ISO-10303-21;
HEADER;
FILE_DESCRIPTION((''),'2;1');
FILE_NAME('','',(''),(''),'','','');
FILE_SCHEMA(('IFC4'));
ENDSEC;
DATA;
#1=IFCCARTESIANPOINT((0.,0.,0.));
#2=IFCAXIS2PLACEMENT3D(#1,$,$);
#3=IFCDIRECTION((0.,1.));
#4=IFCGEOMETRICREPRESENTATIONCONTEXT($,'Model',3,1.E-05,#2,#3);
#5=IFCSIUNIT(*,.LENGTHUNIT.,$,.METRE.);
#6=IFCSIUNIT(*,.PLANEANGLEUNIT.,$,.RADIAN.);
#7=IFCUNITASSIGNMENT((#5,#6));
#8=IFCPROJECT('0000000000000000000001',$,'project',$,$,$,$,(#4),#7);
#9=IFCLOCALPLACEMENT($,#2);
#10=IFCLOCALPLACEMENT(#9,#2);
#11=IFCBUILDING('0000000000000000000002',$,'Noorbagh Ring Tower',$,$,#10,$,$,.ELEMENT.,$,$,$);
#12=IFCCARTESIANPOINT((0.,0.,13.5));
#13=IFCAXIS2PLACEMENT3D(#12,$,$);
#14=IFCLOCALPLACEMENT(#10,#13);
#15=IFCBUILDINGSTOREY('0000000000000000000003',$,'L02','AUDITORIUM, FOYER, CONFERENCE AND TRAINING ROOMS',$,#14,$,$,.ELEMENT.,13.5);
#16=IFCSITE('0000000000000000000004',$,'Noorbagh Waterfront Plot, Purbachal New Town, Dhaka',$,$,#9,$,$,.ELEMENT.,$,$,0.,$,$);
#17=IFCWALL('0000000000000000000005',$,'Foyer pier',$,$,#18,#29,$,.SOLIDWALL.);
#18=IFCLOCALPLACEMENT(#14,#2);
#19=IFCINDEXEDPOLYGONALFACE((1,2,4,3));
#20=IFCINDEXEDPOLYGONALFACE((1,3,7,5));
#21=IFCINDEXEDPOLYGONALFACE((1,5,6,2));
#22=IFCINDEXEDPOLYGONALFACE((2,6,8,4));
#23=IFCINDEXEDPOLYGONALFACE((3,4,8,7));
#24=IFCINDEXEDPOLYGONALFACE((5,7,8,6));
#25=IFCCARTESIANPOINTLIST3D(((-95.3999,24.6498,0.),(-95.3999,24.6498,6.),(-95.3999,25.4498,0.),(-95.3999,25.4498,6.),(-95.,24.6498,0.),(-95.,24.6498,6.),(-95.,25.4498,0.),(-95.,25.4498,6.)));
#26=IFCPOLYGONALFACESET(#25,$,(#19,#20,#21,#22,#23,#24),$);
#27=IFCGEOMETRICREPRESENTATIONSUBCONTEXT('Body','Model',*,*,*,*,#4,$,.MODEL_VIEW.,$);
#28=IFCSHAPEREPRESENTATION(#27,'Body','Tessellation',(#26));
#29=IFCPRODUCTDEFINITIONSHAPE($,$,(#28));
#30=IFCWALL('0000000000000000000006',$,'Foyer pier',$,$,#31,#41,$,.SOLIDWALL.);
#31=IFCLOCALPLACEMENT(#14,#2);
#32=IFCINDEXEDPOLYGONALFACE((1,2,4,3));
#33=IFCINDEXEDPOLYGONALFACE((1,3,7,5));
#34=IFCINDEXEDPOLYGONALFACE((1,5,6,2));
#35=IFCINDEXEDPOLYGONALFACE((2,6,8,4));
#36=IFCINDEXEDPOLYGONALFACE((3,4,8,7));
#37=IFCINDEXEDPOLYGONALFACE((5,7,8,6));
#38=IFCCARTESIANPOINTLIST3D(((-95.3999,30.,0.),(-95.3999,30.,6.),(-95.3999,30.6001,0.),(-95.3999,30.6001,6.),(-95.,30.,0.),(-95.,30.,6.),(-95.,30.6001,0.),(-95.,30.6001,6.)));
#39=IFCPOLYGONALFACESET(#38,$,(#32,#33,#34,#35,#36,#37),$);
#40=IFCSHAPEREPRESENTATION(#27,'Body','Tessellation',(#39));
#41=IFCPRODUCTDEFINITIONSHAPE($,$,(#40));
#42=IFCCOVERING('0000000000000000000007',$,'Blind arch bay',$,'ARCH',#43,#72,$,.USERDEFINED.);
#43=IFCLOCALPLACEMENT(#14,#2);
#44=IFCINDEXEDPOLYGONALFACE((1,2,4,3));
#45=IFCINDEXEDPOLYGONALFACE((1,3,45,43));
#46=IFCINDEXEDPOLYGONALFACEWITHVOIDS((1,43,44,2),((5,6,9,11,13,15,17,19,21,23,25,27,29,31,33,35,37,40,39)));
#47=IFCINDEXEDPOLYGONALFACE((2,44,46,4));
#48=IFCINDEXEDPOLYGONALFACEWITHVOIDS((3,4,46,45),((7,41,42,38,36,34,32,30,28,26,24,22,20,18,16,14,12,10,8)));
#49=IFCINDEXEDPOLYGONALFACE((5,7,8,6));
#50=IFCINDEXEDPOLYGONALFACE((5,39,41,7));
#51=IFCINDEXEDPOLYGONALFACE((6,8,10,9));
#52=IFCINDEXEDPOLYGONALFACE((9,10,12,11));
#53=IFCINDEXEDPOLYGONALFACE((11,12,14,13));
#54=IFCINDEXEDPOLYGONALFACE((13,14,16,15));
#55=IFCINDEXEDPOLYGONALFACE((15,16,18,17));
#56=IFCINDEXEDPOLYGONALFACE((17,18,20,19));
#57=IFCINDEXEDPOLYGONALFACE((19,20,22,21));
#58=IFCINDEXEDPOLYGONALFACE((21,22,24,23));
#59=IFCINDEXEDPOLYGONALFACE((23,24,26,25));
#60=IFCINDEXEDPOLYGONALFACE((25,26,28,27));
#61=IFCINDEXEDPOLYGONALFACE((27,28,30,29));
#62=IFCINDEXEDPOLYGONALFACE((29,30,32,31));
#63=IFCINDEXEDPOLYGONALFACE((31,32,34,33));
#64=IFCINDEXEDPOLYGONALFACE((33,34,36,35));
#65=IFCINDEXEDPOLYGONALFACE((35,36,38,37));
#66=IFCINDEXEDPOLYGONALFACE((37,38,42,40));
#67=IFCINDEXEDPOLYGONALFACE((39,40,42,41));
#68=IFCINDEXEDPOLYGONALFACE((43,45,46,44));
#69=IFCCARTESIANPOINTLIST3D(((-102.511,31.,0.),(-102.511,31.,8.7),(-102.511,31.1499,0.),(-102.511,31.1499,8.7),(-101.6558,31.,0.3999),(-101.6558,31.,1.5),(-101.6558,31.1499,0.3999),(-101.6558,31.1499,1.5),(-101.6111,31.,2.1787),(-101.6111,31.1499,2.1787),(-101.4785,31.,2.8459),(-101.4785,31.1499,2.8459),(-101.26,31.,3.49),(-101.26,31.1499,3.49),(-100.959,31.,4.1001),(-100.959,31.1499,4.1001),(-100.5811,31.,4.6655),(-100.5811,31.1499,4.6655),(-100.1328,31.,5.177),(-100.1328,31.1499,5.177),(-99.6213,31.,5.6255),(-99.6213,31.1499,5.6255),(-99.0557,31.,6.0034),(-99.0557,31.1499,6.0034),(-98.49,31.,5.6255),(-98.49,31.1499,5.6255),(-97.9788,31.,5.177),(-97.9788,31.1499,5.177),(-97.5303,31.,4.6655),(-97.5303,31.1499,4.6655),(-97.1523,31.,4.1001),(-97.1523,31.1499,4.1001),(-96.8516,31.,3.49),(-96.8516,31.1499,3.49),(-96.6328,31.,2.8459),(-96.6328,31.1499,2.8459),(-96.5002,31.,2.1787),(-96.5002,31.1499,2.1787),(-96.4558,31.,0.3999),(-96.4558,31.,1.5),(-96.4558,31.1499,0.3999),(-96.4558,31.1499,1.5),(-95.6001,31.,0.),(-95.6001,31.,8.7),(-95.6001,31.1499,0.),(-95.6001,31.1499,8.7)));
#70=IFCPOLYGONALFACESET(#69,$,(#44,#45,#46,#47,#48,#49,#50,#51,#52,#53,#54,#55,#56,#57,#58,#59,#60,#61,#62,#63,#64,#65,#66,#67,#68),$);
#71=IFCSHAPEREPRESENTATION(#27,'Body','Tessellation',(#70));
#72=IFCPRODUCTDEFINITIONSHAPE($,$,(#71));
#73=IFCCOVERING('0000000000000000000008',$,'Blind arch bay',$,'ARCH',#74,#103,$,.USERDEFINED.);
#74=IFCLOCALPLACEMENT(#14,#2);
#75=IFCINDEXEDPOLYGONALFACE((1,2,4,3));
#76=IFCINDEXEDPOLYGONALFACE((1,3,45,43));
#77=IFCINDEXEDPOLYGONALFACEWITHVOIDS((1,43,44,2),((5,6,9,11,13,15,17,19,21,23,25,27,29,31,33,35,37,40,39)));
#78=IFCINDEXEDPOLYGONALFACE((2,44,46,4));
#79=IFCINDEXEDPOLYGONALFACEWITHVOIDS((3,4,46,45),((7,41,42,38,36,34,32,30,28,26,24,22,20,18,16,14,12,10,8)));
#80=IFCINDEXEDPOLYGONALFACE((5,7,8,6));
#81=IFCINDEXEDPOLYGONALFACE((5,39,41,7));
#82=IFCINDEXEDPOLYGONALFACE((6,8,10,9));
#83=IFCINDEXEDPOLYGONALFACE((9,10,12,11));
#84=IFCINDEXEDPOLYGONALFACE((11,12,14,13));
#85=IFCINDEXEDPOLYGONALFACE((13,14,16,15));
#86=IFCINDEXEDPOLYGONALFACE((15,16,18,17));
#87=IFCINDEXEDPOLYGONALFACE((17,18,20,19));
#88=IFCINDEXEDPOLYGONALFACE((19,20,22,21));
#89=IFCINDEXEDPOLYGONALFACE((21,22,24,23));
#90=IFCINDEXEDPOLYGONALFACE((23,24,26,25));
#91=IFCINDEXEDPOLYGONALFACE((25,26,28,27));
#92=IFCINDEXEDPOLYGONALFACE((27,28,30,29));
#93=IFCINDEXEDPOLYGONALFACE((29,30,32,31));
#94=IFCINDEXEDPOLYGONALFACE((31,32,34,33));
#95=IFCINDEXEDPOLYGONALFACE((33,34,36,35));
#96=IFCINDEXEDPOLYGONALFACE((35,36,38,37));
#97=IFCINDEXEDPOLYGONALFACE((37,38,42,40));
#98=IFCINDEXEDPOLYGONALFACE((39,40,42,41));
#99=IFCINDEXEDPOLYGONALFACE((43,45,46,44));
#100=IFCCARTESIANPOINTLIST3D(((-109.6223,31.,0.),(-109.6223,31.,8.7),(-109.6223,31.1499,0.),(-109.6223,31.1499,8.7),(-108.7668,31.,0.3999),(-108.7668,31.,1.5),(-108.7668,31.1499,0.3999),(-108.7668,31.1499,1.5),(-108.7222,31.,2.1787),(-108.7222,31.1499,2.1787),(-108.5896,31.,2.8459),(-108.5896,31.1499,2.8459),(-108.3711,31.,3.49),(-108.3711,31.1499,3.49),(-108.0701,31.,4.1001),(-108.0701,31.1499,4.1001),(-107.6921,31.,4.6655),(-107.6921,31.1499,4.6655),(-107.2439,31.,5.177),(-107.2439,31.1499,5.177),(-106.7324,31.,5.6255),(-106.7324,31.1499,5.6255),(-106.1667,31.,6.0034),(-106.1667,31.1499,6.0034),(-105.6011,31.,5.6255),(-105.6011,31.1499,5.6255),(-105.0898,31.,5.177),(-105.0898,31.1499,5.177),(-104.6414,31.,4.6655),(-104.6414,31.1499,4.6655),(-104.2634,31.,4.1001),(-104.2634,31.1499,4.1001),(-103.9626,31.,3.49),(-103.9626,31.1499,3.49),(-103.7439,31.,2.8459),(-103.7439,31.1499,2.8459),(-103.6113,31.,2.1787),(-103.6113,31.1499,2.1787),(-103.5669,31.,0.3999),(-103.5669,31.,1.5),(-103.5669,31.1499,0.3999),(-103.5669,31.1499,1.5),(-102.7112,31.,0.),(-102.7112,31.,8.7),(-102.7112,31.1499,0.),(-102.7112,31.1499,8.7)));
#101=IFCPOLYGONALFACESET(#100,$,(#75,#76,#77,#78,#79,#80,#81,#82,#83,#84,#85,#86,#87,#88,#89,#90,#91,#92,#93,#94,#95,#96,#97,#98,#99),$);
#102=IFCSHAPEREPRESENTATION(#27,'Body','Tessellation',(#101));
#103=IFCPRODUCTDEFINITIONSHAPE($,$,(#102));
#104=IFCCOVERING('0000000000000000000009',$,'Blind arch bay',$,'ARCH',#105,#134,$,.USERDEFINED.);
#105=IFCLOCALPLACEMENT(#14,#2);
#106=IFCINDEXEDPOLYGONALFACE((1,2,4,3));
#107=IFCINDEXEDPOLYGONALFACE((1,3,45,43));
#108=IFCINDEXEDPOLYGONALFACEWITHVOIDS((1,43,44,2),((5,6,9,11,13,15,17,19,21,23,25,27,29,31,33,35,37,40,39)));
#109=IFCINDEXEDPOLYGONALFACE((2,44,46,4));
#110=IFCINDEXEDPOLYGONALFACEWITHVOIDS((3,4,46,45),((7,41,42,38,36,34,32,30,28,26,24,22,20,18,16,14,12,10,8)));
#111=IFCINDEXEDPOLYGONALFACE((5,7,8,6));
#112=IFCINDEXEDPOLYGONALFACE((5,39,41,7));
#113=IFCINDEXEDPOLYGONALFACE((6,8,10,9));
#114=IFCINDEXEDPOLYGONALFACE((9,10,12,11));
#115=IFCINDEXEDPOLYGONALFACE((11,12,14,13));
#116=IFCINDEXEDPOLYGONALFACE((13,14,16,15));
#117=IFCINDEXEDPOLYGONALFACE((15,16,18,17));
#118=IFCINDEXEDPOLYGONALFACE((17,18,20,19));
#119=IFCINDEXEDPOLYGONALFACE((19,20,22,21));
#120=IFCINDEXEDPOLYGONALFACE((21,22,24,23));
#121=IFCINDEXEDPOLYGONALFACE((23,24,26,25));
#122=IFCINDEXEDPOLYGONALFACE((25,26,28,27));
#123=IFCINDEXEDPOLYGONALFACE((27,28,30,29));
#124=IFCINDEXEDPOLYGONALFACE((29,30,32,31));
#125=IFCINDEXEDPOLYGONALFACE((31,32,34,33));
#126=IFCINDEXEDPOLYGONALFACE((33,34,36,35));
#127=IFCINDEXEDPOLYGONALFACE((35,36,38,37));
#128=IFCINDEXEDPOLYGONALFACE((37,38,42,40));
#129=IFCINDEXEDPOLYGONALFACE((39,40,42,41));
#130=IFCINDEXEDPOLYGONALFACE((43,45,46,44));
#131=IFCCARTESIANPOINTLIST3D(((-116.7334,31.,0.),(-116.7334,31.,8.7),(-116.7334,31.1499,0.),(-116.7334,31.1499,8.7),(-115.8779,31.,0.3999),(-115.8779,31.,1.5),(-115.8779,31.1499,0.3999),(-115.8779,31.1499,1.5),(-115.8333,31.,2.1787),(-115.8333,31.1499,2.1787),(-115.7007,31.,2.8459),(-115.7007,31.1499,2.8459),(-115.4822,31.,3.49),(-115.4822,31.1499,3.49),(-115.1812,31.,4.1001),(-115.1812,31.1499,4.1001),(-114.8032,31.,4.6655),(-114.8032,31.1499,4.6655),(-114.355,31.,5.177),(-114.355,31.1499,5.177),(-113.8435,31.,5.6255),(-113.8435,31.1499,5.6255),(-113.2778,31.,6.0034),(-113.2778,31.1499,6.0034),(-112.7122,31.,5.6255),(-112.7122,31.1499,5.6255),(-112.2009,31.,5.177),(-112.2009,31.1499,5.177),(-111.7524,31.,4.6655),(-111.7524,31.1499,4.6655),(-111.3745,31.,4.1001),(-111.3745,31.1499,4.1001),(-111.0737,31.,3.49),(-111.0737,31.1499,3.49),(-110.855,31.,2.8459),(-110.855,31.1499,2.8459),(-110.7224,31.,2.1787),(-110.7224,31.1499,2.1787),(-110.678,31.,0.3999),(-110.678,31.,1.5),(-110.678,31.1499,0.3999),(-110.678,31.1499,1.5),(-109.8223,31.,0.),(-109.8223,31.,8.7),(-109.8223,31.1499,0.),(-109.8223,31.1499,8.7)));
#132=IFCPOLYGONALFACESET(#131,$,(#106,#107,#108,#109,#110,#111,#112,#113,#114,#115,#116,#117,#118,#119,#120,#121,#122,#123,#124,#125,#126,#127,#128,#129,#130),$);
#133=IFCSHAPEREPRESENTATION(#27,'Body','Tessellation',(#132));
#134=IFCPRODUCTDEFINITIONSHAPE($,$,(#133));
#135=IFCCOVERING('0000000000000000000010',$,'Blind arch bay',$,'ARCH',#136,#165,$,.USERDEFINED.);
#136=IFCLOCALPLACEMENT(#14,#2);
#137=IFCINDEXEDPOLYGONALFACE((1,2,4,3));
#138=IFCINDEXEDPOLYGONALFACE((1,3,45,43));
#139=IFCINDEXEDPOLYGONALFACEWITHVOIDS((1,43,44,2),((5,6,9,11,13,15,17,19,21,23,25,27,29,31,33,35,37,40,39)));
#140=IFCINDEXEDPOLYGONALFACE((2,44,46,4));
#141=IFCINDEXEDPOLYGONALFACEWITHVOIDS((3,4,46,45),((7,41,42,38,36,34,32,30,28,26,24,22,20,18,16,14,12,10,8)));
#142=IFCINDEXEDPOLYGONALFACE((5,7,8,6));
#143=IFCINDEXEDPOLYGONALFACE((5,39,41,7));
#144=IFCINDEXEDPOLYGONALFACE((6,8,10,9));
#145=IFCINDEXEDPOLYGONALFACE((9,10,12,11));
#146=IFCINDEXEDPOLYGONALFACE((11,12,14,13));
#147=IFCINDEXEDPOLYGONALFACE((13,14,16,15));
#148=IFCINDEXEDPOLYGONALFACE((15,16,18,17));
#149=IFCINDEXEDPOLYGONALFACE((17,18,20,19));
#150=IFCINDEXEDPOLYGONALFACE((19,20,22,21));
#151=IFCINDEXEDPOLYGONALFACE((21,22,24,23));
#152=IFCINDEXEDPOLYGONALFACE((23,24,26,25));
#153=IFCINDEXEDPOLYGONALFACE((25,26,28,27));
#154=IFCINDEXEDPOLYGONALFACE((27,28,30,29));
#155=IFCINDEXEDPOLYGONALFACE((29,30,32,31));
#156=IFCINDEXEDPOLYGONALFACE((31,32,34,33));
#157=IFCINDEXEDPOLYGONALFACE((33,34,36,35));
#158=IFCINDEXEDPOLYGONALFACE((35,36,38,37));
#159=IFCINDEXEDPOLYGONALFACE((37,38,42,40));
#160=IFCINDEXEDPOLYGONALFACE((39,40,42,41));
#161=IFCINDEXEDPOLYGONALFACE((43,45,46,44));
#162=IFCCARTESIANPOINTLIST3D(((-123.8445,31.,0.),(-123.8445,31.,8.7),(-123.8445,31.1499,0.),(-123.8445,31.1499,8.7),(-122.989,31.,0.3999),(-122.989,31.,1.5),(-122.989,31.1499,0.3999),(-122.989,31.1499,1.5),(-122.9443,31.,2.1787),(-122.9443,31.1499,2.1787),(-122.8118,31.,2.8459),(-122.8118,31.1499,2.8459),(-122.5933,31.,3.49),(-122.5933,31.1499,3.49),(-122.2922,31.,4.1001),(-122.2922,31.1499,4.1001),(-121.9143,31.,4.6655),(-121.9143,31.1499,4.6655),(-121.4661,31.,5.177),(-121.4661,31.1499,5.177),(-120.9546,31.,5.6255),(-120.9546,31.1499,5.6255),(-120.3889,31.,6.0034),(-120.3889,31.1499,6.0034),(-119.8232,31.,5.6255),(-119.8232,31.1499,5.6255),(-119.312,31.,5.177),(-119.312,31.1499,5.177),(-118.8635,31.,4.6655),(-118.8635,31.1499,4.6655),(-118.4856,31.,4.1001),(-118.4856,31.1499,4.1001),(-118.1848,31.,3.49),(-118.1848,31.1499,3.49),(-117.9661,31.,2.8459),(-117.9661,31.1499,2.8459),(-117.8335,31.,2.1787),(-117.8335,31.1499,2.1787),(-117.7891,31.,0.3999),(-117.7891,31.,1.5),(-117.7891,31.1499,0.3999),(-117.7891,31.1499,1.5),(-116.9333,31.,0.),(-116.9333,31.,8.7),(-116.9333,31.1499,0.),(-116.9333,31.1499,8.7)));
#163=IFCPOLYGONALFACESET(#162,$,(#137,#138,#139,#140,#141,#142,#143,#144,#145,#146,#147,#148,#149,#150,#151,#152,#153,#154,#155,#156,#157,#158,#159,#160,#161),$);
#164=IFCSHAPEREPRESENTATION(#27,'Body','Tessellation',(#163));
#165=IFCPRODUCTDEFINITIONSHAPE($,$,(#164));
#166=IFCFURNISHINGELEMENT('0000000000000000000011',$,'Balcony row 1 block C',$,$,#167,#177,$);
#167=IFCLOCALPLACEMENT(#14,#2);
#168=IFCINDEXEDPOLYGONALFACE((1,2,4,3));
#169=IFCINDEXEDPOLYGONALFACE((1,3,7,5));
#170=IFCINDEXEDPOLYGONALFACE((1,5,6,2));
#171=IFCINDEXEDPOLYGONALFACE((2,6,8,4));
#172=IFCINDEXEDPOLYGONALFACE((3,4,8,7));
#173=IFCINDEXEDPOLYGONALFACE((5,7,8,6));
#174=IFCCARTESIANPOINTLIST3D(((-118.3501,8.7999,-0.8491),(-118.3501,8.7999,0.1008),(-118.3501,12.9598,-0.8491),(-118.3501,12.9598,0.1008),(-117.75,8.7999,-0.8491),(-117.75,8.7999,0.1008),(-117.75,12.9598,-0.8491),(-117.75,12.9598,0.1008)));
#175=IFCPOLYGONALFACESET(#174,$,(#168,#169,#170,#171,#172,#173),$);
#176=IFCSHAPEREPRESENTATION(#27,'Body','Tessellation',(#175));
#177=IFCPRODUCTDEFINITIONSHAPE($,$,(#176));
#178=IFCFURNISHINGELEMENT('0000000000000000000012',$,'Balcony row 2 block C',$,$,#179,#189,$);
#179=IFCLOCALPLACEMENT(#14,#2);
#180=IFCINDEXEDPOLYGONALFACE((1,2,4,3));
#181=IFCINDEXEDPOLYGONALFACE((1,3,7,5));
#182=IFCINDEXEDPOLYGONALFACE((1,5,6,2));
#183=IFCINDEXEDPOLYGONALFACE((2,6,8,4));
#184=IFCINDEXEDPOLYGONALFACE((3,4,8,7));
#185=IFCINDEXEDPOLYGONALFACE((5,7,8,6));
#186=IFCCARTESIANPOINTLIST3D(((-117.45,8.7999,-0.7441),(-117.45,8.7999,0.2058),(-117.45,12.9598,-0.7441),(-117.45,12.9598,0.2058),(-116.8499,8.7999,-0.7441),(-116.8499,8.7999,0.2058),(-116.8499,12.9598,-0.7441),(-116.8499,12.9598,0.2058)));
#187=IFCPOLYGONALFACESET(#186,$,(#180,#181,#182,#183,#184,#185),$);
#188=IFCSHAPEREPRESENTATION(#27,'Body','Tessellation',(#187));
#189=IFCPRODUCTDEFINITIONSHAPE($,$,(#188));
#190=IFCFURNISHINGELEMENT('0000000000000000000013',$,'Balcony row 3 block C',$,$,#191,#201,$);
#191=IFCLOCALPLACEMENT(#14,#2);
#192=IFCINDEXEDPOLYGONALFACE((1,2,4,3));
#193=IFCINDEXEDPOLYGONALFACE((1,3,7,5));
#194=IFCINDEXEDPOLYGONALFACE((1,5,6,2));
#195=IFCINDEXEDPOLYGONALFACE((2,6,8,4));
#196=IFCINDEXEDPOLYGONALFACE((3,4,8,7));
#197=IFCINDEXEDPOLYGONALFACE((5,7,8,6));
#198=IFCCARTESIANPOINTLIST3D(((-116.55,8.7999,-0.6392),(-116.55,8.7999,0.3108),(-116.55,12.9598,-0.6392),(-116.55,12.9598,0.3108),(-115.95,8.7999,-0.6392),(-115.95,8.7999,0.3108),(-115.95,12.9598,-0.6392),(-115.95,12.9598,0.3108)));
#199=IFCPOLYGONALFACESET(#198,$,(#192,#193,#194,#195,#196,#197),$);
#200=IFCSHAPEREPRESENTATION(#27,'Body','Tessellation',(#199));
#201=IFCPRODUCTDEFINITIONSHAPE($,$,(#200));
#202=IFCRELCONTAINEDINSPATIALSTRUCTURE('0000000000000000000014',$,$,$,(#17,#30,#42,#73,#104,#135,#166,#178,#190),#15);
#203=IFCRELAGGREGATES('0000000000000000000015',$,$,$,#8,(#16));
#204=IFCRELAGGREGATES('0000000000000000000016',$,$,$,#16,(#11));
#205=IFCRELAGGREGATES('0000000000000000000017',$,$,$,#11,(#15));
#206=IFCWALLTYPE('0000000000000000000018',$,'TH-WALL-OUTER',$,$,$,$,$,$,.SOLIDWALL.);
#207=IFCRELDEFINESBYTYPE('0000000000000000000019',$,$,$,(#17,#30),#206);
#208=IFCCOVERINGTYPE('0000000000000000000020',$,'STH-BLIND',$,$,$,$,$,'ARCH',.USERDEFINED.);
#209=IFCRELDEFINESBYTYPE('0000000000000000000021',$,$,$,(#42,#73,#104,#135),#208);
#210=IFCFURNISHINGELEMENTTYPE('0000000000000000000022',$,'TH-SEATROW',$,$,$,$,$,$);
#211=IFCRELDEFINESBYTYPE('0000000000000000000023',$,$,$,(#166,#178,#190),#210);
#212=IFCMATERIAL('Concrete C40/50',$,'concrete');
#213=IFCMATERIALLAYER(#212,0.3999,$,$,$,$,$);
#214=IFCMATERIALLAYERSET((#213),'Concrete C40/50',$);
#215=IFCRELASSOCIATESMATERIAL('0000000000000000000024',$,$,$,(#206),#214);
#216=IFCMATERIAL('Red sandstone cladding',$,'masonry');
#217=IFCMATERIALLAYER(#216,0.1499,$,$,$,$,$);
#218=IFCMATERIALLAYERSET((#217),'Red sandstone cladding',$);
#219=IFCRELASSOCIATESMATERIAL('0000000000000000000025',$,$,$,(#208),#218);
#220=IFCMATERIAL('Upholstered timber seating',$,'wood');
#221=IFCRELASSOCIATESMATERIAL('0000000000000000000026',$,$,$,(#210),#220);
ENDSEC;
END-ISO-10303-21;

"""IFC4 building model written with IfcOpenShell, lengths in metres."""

from ifc_helpers import new_model, si_unit, direction, frame, frame_2d, origin, origin_2d, place, context, subcontext, project, spatial, polyline, rectangle, outline, extrude, material, layer, layer_set, type_object, element, save


model = new_model("IFC4")

# Units and contexts
model_context = context("Model", 3, precision=1e-05, world=origin(), true_north=direction((0.0, 1.0)))
body_context = subcontext(model_context, "Body", "Model", "MODEL_VIEW")
ifc_project = project(units=[si_unit("LENGTHUNIT", "METRE"), si_unit("PLANEANGLEUNIT", "RADIAN")], contexts=[model_context])

# Site, building, storey
site_placement = place(None, origin())
site = spatial("IfcSite", under=ifc_project, at=site_placement, Name="Noorbagh Waterfront Plot, Purbachal New Town, Dhaka", CompositionType="ELEMENT", RefElevation=0.0)
building_placement = place(site_placement, origin())
building = spatial("IfcBuilding", under=site, at=building_placement, Name="Noorbagh Ring Tower", CompositionType="ELEMENT")
storey_placement = place(building_placement, frame((0.0, 0.0, 13.5)))
storey = spatial("IfcBuildingStorey", under=building, at=storey_placement, Name="L02", Description="AUDITORIUM, FOYER, CONFERENCE AND TRAINING ROOMS", CompositionType="ELEMENT", Elevation=13.5)

# Walls
ifc_material_1 = material(Name="Concrete C40/50", Category="concrete")
ifc_layer_1 = layer(ifc_material_1, 0.3999)
ifc_layer_set_1 = layer_set([ifc_layer_1], Name="Concrete C40/50")
wall_type_1 = type_object("IfcWallType", Name="TH-WALL-OUTER", PredefinedType="SOLIDWALL", material=ifc_layer_set_1)
for number, where, z_axis, x_axis, name in (
    (1, (-95.2, 24.6499, 0.0), (0.0, 0.0, 1.0), (0.0, 1.0, 0.0), "Foyer pier"),
):
    element("IfcWall", number, at=place(storey_placement, frame(where, z_axis=z_axis, x_axis=x_axis)), inside=storey, type_object=wall_type_1, Name=name, PredefinedType="SOLIDWALL", context=body_context, shape_type="SweptSolid", body=[
        extrude(rectangle(XDim=0.8, YDim=0.3999, at=frame_2d((0.3999, 0.0))), origin(), (0.0, 0.0, 1.0), 6.0),
    ])
wall_1_placement = place(storey_placement, frame((-95.2, 30.0, 0.0), z_axis=(0.0, 0.0, 1.0), x_axis=(0.0, 1.0, 0.0)))
element("IfcWall", 2, at=wall_1_placement, inside=storey, type_object=wall_type_1, Name="Foyer pier", PredefinedType="SOLIDWALL", context=body_context, shape_type="SweptSolid", body=[
    extrude(rectangle(XDim=0.6001, YDim=0.3999, at=frame_2d((0.3, 0.0))), origin(), (0.0, 0.0, 1.0), 6.0),
])

# Coverings
ifc_material_2 = material(Name="Red sandstone cladding", Category="masonry")
ifc_layer_2 = layer(ifc_material_2, 0.1499)
ifc_layer_set_2 = layer_set([ifc_layer_2], Name="Red sandstone cladding")
covering_type = type_object("IfcCoveringType", Name="STH-BLIND", ElementType="ARCH", PredefinedType="USERDEFINED", material=ifc_layer_set_2)
covering_placement = place(storey_placement, frame((-95.6001, 31.1499, 0.0), z_axis=(0.0, 1.0, 0.0), x_axis=(-1.0, 0.0, 0.0)))
element("IfcCovering", 3, at=covering_placement, inside=storey, type_object=covering_type, Name="Blind arch bay", ObjectType="ARCH", PredefinedType="USERDEFINED", context=body_context, shape_type="SweptSolid", body=[
    extrude(outline(polyline([(0.0, 0.0), (6.9109, 0.0), (6.9109, 8.7), (0.0, 8.7), (0.0, 0.0)]), holes=[polyline([(0.8557, 0.3999), (0.8557, 1.5), (0.9001, 2.1787), (1.0327, 2.8459), (1.2515, 3.49), (1.5522, 4.1001), (1.9302, 4.6655), (2.3787, 5.177), (2.8899, 5.6255), (3.4556, 6.0034), (4.0212, 5.6255), (4.5327, 5.177), (4.981, 4.6655), (5.3589, 4.1001), (5.6599, 3.49), (5.8784, 2.8459), (6.011, 2.1787), (6.0557, 1.5), (6.0557, 0.3999), (0.8557, 0.3999)])]), origin(), (0.0, 0.0, -1.0), 0.1499),
])
for number, where, z_axis, x_axis, name in (
    (4, (-102.7112, 31.1499, 0.0), (0.0, 1.0, 0.0), (-1.0, 0.0, 0.0), "Blind arch bay"),
    (5, (-109.8223, 31.1499, 0.0), (0.0, 1.0, 0.0), (-1.0, 0.0, 0.0), "Blind arch bay"),
    (6, (-116.9333, 31.1499, 0.0), (0.0, 1.0, 0.0), (-1.0, 0.0, 0.0), "Blind arch bay"),
):
    element("IfcCovering", number, at=place(storey_placement, frame(where, z_axis=z_axis, x_axis=x_axis)), inside=storey, type_object=covering_type, Name=name, ObjectType="ARCH", PredefinedType="USERDEFINED", context=body_context, shape_type="SweptSolid", body=[
        extrude(outline(polyline([(0.0, 0.0), (6.9111, 0.0), (6.9111, 8.7), (0.0, 8.7), (0.0, 0.0)]), holes=[polyline([(0.8557, 0.3999), (0.8557, 1.5), (0.9001, 2.1787), (1.0327, 2.8459), (1.2515, 3.49), (1.5522, 4.1001), (1.9302, 4.6655), (2.3787, 5.177), (2.8899, 5.6255), (3.4556, 6.0034), (4.0212, 5.6255), (4.5327, 5.177), (4.981, 4.6655), (5.3589, 4.1001), (5.6599, 3.49), (5.8784, 2.8459), (6.011, 2.1787), (6.0557, 1.5), (6.0557, 0.3999), (0.8557, 0.3999)])]), origin(), (0.0, 0.0, -1.0), 0.1499),
    ])

# Furnishing elements
ifc_material_3 = material(Name="Upholstered timber seating", Category="wood")
furnishing_element_type = type_object("IfcFurnishingElementType", Name="TH-SEATROW", material=ifc_material_3)
for number, where, z_axis, x_axis, name in (
    (7, (-118.05, 10.8799, -0.8491), (0.0, 0.0, 1.0), (1.0, 0.0, 0.0), "Balcony row 1 block C"),
    (8, (-117.1499, 10.8799, -0.7441), (0.0, 0.0, 1.0), (1.0, 0.0, 0.0), "Balcony row 2 block C"),
    (9, (-116.25, 10.8799, -0.6392), (0.0, 0.0, 1.0), (1.0, 0.0, 0.0), "Balcony row 3 block C"),
):
    element("IfcFurnishingElement", number, at=place(storey_placement, frame(where, z_axis=z_axis, x_axis=x_axis)), inside=storey, type_object=furnishing_element_type, Name=name, context=body_context, shape_type="SweptSolid", body=[
        extrude(rectangle(XDim=0.6001, YDim=4.1599, at=origin_2d()), origin(), (0.0, 0.0, 1.0), 0.95),
    ])

save(model, "model.ifc")
